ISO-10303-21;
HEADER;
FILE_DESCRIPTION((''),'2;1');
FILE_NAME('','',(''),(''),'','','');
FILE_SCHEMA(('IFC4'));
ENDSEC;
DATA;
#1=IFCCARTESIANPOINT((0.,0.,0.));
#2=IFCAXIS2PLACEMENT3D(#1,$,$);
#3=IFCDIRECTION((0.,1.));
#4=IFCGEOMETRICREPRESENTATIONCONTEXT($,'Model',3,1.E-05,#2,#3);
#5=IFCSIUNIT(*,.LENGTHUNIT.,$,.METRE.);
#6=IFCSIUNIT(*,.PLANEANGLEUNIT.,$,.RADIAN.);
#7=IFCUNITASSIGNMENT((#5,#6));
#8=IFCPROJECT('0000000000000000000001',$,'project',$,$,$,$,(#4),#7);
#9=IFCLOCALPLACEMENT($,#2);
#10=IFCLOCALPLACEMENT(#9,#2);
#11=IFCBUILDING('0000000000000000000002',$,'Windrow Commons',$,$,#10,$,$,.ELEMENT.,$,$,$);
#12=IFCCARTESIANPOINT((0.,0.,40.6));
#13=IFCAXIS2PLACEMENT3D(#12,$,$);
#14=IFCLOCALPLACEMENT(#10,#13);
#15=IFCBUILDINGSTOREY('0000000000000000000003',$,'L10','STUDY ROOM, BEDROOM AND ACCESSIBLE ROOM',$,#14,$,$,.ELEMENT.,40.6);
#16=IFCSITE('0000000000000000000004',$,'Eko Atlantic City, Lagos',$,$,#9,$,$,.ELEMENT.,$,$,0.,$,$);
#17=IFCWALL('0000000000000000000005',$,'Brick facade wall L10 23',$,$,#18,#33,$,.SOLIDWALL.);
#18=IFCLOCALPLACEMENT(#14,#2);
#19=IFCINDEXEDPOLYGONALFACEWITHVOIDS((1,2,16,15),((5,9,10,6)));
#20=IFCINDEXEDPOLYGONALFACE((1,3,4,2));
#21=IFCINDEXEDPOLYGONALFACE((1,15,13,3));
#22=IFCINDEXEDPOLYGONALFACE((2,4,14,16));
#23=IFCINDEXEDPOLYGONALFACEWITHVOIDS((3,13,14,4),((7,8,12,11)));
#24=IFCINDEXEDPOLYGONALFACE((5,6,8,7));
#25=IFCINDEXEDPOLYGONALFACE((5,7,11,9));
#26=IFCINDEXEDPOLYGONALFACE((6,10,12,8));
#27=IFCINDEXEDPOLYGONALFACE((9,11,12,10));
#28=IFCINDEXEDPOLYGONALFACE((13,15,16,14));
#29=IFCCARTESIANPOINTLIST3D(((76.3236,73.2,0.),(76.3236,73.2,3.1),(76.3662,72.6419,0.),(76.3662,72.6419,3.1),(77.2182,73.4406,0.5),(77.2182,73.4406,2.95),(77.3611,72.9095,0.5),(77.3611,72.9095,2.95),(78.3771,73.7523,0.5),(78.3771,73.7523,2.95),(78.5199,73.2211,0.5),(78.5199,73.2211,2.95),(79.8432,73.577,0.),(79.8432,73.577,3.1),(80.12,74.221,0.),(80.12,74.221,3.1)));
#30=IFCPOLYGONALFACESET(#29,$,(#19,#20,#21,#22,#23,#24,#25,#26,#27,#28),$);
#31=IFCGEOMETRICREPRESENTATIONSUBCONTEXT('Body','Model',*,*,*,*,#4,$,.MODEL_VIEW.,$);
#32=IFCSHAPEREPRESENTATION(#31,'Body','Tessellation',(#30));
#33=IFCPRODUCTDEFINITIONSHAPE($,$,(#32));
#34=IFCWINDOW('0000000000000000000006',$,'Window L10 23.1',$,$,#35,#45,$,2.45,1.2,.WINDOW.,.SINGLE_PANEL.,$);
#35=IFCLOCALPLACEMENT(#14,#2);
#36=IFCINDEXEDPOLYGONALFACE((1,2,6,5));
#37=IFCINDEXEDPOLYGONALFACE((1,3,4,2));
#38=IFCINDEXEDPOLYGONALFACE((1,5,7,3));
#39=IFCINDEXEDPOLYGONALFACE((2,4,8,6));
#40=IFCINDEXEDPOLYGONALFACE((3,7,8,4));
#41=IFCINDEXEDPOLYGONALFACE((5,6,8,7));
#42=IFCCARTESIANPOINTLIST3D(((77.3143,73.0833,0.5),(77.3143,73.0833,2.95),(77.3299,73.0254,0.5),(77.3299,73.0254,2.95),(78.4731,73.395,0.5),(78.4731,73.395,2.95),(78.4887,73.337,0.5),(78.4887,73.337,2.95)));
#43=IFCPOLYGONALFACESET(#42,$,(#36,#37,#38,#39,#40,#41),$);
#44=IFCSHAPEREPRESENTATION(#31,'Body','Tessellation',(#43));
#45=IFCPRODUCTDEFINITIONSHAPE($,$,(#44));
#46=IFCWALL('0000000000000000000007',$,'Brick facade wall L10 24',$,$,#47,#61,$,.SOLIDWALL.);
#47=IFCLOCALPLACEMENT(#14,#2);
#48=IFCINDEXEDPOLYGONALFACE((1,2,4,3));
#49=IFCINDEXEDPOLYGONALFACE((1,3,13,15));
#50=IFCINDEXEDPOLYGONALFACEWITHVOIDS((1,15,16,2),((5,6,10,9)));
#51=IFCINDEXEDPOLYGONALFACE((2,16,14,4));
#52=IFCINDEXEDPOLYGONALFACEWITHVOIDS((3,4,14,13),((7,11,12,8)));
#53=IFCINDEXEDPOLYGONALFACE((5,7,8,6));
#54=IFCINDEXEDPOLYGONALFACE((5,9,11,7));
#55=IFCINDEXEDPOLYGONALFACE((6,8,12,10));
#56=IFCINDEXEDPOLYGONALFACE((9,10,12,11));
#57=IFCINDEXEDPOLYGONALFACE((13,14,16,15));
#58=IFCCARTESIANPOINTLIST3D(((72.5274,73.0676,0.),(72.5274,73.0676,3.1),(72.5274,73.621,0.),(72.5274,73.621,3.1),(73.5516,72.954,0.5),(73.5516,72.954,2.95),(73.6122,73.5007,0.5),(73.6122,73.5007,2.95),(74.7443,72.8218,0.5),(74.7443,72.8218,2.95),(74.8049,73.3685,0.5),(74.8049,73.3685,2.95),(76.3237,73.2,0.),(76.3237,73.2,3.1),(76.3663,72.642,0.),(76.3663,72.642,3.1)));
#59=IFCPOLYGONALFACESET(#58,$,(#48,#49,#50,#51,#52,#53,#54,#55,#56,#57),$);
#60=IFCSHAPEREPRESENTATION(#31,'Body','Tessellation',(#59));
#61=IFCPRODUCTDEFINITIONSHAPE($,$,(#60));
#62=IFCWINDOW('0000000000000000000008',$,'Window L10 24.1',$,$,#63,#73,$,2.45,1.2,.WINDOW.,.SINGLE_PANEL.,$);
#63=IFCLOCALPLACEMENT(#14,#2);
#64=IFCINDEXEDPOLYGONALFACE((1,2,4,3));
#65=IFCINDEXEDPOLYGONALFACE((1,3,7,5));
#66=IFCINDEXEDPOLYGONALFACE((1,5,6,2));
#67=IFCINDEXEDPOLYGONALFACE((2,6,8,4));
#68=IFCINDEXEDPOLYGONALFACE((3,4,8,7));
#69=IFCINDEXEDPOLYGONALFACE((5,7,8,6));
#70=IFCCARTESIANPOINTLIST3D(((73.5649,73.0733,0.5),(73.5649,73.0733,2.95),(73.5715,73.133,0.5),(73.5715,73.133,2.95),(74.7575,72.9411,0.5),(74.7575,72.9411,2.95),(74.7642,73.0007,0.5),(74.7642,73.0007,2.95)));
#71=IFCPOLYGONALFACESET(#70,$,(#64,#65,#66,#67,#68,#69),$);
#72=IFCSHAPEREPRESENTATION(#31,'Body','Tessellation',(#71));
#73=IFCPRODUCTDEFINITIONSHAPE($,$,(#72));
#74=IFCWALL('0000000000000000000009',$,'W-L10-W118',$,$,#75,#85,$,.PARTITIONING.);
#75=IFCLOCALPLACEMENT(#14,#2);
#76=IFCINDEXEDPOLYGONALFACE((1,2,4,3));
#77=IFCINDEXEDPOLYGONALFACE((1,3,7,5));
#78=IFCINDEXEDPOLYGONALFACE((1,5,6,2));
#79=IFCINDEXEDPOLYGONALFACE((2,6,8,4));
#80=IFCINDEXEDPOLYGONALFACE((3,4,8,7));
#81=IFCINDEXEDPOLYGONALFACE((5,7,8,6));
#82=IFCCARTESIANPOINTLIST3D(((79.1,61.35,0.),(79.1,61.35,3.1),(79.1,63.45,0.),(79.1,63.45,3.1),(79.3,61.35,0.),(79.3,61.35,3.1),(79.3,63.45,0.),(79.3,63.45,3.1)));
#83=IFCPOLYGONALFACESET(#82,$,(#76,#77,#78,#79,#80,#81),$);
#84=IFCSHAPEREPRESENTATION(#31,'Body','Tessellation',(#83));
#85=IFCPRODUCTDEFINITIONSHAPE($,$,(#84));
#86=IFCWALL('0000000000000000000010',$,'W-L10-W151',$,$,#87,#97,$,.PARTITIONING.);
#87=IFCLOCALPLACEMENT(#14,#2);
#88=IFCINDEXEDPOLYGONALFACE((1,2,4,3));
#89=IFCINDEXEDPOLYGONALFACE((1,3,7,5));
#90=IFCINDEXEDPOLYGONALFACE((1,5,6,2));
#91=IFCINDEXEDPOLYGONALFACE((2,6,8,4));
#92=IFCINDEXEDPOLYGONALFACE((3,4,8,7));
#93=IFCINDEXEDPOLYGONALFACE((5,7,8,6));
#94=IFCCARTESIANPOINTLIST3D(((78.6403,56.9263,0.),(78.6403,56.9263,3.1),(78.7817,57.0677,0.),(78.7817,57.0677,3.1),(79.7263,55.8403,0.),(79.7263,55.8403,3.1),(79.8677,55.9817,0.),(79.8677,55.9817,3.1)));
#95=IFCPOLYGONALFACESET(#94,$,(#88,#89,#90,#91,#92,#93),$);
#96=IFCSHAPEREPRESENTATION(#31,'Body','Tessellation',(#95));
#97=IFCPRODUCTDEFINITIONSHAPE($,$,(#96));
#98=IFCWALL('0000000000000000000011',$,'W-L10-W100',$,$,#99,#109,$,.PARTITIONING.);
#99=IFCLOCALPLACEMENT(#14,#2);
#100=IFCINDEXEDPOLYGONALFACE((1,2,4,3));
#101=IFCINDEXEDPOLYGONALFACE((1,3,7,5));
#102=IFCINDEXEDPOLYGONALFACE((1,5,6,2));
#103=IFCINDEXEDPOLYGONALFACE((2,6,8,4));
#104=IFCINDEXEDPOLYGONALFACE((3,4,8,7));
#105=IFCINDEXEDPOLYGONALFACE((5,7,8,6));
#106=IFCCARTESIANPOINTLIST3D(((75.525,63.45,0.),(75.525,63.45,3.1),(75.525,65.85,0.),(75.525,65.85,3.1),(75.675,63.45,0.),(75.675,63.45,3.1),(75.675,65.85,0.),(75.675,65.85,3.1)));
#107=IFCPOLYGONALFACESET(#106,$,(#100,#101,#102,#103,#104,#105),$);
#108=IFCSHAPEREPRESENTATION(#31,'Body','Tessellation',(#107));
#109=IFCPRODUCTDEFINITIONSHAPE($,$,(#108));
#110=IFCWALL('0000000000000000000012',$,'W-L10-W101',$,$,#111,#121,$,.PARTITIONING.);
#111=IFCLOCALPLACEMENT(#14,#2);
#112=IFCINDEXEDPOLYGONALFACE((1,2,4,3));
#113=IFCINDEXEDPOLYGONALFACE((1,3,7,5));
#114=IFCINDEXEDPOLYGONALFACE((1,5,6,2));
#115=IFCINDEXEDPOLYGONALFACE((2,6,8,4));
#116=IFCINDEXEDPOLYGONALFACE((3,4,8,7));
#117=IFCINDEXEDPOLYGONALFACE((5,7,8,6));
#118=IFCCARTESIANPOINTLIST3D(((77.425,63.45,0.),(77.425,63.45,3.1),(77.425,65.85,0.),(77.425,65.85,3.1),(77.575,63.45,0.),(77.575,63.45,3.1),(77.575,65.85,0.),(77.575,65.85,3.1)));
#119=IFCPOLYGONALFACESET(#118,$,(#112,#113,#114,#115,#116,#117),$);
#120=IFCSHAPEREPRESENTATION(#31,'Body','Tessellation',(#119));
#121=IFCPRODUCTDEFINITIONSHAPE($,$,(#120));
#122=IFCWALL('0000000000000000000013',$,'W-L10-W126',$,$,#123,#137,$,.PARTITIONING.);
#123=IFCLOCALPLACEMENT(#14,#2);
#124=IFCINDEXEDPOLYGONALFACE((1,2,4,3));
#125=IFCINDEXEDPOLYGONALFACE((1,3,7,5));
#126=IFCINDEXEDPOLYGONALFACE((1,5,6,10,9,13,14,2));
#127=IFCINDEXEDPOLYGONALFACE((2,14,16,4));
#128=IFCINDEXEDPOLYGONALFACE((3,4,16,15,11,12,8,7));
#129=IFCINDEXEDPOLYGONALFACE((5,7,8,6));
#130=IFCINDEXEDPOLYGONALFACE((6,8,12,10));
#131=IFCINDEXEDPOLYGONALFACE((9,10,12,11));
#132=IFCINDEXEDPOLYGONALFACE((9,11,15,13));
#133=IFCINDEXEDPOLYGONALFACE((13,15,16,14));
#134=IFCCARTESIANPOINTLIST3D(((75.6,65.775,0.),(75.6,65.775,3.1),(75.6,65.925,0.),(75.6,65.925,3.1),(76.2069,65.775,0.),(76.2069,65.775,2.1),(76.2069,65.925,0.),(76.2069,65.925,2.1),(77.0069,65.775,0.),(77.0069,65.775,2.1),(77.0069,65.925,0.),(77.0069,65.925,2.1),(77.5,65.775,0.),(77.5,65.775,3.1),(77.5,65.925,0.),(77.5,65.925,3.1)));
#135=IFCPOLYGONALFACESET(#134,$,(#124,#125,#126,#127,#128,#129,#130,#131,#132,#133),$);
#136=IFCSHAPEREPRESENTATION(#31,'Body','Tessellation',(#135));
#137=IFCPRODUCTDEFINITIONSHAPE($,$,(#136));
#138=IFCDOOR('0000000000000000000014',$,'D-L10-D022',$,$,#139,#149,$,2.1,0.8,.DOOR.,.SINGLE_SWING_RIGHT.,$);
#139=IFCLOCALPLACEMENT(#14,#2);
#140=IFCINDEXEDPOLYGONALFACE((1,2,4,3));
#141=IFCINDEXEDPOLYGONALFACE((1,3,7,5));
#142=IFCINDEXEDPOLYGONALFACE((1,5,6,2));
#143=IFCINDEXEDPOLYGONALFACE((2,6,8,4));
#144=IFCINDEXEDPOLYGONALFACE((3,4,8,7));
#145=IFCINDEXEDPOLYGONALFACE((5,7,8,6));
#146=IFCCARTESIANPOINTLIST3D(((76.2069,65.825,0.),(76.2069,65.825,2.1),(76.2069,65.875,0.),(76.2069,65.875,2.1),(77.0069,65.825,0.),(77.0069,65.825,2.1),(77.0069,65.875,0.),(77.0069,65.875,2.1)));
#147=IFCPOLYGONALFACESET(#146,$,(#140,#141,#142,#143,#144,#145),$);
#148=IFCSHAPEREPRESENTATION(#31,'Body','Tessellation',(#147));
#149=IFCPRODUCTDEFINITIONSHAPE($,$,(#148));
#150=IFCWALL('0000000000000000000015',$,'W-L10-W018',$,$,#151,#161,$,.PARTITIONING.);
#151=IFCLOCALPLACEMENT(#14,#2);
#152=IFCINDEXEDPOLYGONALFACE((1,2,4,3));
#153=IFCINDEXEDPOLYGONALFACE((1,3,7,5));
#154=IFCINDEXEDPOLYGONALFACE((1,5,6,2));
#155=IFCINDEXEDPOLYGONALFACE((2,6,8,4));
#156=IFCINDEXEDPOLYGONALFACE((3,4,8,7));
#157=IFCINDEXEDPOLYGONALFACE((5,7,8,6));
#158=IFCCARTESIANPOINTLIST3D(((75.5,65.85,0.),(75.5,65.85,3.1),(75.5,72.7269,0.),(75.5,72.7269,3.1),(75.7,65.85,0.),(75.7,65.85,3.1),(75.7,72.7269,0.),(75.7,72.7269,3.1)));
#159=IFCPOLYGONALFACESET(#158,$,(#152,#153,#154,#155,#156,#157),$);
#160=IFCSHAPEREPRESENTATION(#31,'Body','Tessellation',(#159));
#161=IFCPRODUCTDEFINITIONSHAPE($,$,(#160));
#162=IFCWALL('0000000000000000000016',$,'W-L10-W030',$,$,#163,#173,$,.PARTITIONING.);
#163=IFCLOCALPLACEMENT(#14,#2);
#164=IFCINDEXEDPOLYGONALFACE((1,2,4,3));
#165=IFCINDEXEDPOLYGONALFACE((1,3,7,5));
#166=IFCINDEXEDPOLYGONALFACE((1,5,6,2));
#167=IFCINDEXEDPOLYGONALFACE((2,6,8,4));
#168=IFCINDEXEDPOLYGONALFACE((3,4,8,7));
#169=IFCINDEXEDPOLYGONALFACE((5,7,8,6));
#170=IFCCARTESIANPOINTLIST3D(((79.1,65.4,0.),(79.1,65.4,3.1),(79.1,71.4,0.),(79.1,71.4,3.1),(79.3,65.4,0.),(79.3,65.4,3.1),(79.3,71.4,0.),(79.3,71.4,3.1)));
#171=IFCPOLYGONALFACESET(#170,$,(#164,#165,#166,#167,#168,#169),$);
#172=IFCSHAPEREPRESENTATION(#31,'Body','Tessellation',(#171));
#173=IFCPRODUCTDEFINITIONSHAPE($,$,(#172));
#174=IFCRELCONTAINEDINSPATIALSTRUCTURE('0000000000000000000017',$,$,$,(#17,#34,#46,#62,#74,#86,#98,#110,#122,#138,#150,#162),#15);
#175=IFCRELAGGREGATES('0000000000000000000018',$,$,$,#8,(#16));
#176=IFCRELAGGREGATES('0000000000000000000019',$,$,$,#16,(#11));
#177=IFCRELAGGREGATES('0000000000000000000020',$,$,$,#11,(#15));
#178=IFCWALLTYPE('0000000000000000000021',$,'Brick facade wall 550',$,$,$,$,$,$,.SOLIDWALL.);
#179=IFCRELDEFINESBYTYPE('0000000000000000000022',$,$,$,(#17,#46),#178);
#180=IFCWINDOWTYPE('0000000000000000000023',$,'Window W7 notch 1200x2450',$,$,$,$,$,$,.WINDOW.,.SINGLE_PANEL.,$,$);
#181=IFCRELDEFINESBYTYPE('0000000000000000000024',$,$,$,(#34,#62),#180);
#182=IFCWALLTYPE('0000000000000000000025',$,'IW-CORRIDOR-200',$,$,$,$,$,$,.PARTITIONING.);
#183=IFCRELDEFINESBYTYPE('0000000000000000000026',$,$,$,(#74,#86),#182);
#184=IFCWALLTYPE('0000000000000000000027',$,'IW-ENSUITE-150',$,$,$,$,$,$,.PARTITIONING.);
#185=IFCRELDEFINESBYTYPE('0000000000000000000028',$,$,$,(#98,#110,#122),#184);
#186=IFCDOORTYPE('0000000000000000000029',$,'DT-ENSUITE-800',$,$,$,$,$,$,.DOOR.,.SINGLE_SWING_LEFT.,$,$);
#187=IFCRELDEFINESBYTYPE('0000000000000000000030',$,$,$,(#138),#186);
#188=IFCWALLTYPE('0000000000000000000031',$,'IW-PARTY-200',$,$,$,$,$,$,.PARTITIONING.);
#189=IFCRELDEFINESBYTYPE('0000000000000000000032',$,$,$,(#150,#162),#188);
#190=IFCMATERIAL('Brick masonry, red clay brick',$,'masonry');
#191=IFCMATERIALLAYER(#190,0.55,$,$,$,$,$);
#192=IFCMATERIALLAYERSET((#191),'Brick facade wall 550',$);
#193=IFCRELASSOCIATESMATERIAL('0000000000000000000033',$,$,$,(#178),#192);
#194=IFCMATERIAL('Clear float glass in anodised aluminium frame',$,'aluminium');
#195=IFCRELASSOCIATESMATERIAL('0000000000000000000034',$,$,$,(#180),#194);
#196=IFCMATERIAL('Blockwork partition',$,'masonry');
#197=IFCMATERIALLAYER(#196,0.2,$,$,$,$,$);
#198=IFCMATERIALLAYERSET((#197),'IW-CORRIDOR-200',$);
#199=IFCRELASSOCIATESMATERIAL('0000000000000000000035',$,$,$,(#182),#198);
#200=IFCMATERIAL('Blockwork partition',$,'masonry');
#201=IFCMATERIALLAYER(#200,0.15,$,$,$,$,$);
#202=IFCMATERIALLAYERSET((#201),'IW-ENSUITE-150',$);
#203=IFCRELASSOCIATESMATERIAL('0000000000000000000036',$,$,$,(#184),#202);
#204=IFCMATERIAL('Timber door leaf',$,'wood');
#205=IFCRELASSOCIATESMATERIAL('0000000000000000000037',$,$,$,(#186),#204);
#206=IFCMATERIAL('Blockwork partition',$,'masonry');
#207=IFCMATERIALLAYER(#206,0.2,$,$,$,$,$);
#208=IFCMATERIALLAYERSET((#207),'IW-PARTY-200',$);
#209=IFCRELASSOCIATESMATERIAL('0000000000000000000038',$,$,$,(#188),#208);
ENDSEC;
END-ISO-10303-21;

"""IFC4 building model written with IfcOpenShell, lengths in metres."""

from ifc_helpers import new_model, si_unit, direction, frame, frame_2d, origin, place, context, subcontext, project, spatial, polyline, rectangle, outline, extrude, material, layer, layer_set, type_object, element, fill, save


model = new_model("IFC4")

# Units and contexts
model_context = context("Model", 3, precision=1e-05, world=origin(), true_north=direction((0.0, 1.0)))
body_context = subcontext(model_context, "Body", "Model", "MODEL_VIEW")
ifc_project = project(units=[si_unit("LENGTHUNIT", "METRE"), si_unit("PLANEANGLEUNIT", "RADIAN")], contexts=[model_context])

# Site, building, storey
site_placement = place(None, origin())
site = spatial("IfcSite", under=ifc_project, at=site_placement, Name="Eko Atlantic City, Lagos", CompositionType="ELEMENT", RefElevation=0.0)
building_placement = place(site_placement, origin())
building = spatial("IfcBuilding", under=site, at=building_placement, Name="Windrow Commons", CompositionType="ELEMENT")
storey_placement = place(building_placement, frame((0.0, 0.0, 40.6)))
storey = spatial("IfcBuildingStorey", under=building, at=storey_placement, Name="L10", Description="STUDY ROOM, BEDROOM AND ACCESSIBLE ROOM", CompositionType="ELEMENT", Elevation=40.6)

# Walls, openings, windows
ifc_material_1 = material(Name="Brick masonry, red clay brick", Category="masonry")
ifc_layer_1 = layer(ifc_material_1, 0.55)
ifc_layer_set_1 = layer_set([ifc_layer_1], Name="Brick facade wall 550")
wall_type_1 = type_object("IfcWallType", Name="Brick facade wall 550", PredefinedType="SOLIDWALL", material=ifc_layer_set_1)
ifc_material_2 = material(Name="Clear float glass in anodised aluminium frame", Category="aluminium")
window_type = type_object("IfcWindowType", Name="Window W7 notch 1200x2450", PartitioningType="SINGLE_PANEL", PredefinedType="WINDOW", material=ifc_material_2)
wall_1_placement = place(storey_placement, frame((79.9816, 73.899, 0.0), z_axis=(0.0, 0.0, 1.0), x_axis=(-0.965688, -0.259705, 0.0)))
wall_1 = element("IfcWall", 1, at=wall_1_placement, inside=storey, type_object=wall_type_1, Name="Brick facade wall L10 23", PredefinedType="SOLIDWALL", context=body_context, shape_type="SweptSolid", body=[
    extrude(outline(polyline([(-0.2173, -0.275), (3.714, -0.275), (3.8178, 0.275), (0.2173, 0.275), (-0.2173, -0.275)])), origin(), (0.0, 0.0, 1.0), 3.1),
])
opening_1_placement = place(wall_1_placement, frame((1.5876, 0.0, 0.5)))
opening_1 = element("IfcOpeningElement", 2, at=opening_1_placement, cuts=wall_1, PredefinedType="OPENING", context=body_context, shape_type="SweptSolid", body=[
    extrude(rectangle(XDim=1.2, YDim=2.45, at=frame_2d((0.6, 1.225))), frame((0.0, 0.285, 0.0), z_axis=(0.0, -1.0, 0.0), x_axis=(1.0, 0.0, 0.0)), (0.0, 0.0, 1.0), 0.57),
])
window_1_placement = place(opening_1_placement, origin())
window_1 = element("IfcWindow", 3, at=window_1_placement, inside=storey, type_object=window_type, Name="Window L10 23.1", OverallHeight=2.45, OverallWidth=1.2, PartitioningType="SINGLE_PANEL", PredefinedType="WINDOW", context=body_context, shape_type="SweptSolid", body=[
    extrude(rectangle(XDim=1.2, YDim=2.45, at=frame_2d((0.6, 1.225))), frame((0.0, 0.155, 0.0), z_axis=(0.0, -1.0, 0.0), x_axis=(1.0, 0.0, 0.0)), (0.0, 0.0, 1.0), 0.06),
])
fill(opening_1, window_1)
wall_2_placement = place(storey_placement, frame((76.345, 72.921, 0.0), z_axis=(0.0, 0.0, 1.0), x_axis=(-0.993909, 0.110206, 0.0)))
wall_2 = element("IfcWall", 4, at=wall_2_placement, inside=storey, type_object=wall_type_1, Name="Brick facade wall L10 24", PredefinedType="SOLIDWALL", context=body_context, shape_type="SweptSolid", body=[
    extrude(outline(polyline([(0.0519, -0.275), (3.8715, -0.275), (3.8105, 0.275), (-0.0519, 0.275), (0.0519, -0.275)])), origin(), (0.0, 0.0, 1.0), 3.1),
])
opening_2_placement = place(wall_2_placement, frame((1.58, 0.0, 0.5)))
opening_2 = element("IfcOpeningElement", 5, at=opening_2_placement, cuts=wall_2, PredefinedType="OPENING", context=body_context, shape_type="SweptSolid", body=[
    extrude(rectangle(XDim=1.2, YDim=2.45, at=frame_2d((0.6, 1.225))), frame((0.0, 0.285, 0.0), z_axis=(0.0, -1.0, 0.0), x_axis=(1.0, 0.0, 0.0)), (0.0, 0.0, 1.0), 0.57),
])
window_2_placement = place(opening_2_placement, origin())
window_2 = element("IfcWindow", 6, at=window_2_placement, inside=storey, type_object=window_type, Name="Window L10 24.1", OverallHeight=2.45, OverallWidth=1.2, PartitioningType="SINGLE_PANEL", PredefinedType="WINDOW", context=body_context, shape_type="SweptSolid", body=[
    extrude(rectangle(XDim=1.2, YDim=2.45, at=frame_2d((0.6, 1.225))), frame((0.0, 0.155, 0.0), z_axis=(0.0, -1.0, 0.0), x_axis=(1.0, 0.0, 0.0)), (0.0, 0.0, 1.0), 0.06),
])
fill(opening_2, window_2)

# Walls
ifc_material_3 = material(Name="Blockwork partition", Category="masonry")
ifc_layer_2 = layer(ifc_material_3, 0.2)
ifc_layer_set_2 = layer_set([ifc_layer_2], Name="IW-CORRIDOR-200")
wall_type_2 = type_object("IfcWallType", Name="IW-CORRIDOR-200", PredefinedType="PARTITIONING", material=ifc_layer_set_2)
wall_3_placement = place(storey_placement, frame((79.2, 61.35, 0.0), z_axis=(0.0, 0.0, 1.0), x_axis=(0.0, 1.0, 0.0)))
element("IfcWall", 7, at=wall_3_placement, inside=storey, type_object=wall_type_2, Name="W-L10-W118", PredefinedType="PARTITIONING", context=body_context, shape_type="SweptSolid", body=[
    extrude(rectangle(XDim=2.1, YDim=0.2, at=frame_2d((1.05, 0.0))), origin(), (0.0, 0.0, 1.0), 3.1),
])
wall_4_placement = place(storey_placement, frame((78.711, 56.997, 0.0), z_axis=(0.0, 0.0, 1.0), x_axis=(0.707107, -0.707107, 0.0)))
element("IfcWall", 8, at=wall_4_placement, inside=storey, type_object=wall_type_2, Name="W-L10-W151", PredefinedType="PARTITIONING", context=body_context, shape_type="SweptSolid", body=[
    extrude(rectangle(XDim=1.5358, YDim=0.2, at=frame_2d((0.7679, 0.0))), origin(), (0.0, 0.0, 1.0), 3.1),
])
ifc_material_4 = material(Name="Blockwork partition", Category="masonry")
ifc_layer_3 = layer(ifc_material_4, 0.15)
ifc_layer_set_3 = layer_set([ifc_layer_3], Name="IW-ENSUITE-150")
wall_type_3 = type_object("IfcWallType", Name="IW-ENSUITE-150", PredefinedType="PARTITIONING", material=ifc_layer_set_3)
for number, where, z_axis, x_axis, name in (
    (9, (75.6, 63.45, 0.0), (0.0, 0.0, 1.0), (0.0, 1.0, 0.0), "W-L10-W100"),
    (10, (77.5, 63.45, 0.0), (0.0, 0.0, 1.0), (0.0, 1.0, 0.0), "W-L10-W101"),
):
    element("IfcWall", number, at=place(storey_placement, frame(where, z_axis=z_axis, x_axis=x_axis)), inside=storey, type_object=wall_type_3, Name=name, PredefinedType="PARTITIONING", context=body_context, shape_type="SweptSolid", body=[
        extrude(rectangle(XDim=2.4, YDim=0.15, at=frame_2d((1.2, 0.0))), origin(), (0.0, 0.0, 1.0), 3.1),
    ])

# Wall, opening, door
wall_5_placement = place(storey_placement, frame((75.6, 65.85, 0.0), z_axis=(0.0, 0.0, 1.0), x_axis=(1.0, 0.0, 0.0)))
wall_5 = element("IfcWall", 11, at=wall_5_placement, inside=storey, type_object=wall_type_3, Name="W-L10-W126", PredefinedType="PARTITIONING", context=body_context, shape_type="SweptSolid", body=[
    extrude(rectangle(XDim=1.9, YDim=0.15, at=frame_2d((0.95, 0.0))), origin(), (0.0, 0.0, 1.0), 3.1),
])
opening_3_placement = place(wall_5_placement, frame((0.6069, 0.0, 0.0)))
opening_3 = element("IfcOpeningElement", 12, at=opening_3_placement, cuts=wall_5, PredefinedType="OPENING", context=body_context, shape_type="SweptSolid", body=[
    extrude(rectangle(XDim=0.8, YDim=2.1, at=frame_2d((0.4, 1.05))), frame((0.0, 0.085, 0.0), z_axis=(0.0, -1.0, 0.0), x_axis=(1.0, 0.0, 0.0)), (0.0, 0.0, 1.0), 0.17),
])
ifc_material_5 = material(Name="Timber door leaf", Category="wood")
door_type_1 = type_object("IfcDoorType", Name="DT-ENSUITE-800", OperationType="SINGLE_SWING_LEFT", PredefinedType="DOOR", material=ifc_material_5)
door_1_placement = place(opening_3_placement, origin())
door_1 = element("IfcDoor", 13, at=door_1_placement, inside=storey, type_object=door_type_1, Name="D-L10-D022", OperationType="SINGLE_SWING_RIGHT", OverallHeight=2.1, OverallWidth=0.8, PredefinedType="DOOR", context=body_context, shape_type="SweptSolid", body=[
    extrude(rectangle(XDim=0.8, YDim=2.1, at=frame_2d((0.4, 1.05))), frame((0.0, 0.025, 0.0), z_axis=(0.0, -1.0, 0.0), x_axis=(1.0, 0.0, 0.0)), (0.0, 0.0, 1.0), 0.05),
])
fill(opening_3, door_1)

# Walls
ifc_material_6 = material(Name="Blockwork partition", Category="masonry")
ifc_layer_4 = layer(ifc_material_6, 0.2)
ifc_layer_set_4 = layer_set([ifc_layer_4], Name="IW-PARTY-200")
wall_type_4 = type_object("IfcWallType", Name="IW-PARTY-200", PredefinedType="PARTITIONING", material=ifc_layer_set_4)
wall_6_placement = place(storey_placement, frame((75.6, 65.85, 0.0), z_axis=(0.0, 0.0, 1.0), x_axis=(0.0, 1.0, 0.0)))
element("IfcWall", 14, at=wall_6_placement, inside=storey, type_object=wall_type_4, Name="W-L10-W018", PredefinedType="PARTITIONING", context=body_context, shape_type="SweptSolid", body=[
    extrude(rectangle(XDim=6.8769, YDim=0.2, at=frame_2d((3.4385, 0.0))), origin(), (0.0, 0.0, 1.0), 3.1),
])
for number, where, z_axis, x_axis, name in (
    (15, (79.2, 65.4, 0.0), (0.0, 0.0, 1.0), (0.0, 1.0, 0.0), "W-L10-W030"),
):
    element("IfcWall", number, at=place(storey_placement, frame(where, z_axis=z_axis, x_axis=x_axis)), inside=storey, type_object=wall_type_4, Name=name, PredefinedType="PARTITIONING", context=body_context, shape_type="SweptSolid", body=[
        extrude(rectangle(XDim=6.0, YDim=0.2, at=frame_2d((3.0, 0.0))), origin(), (0.0, 0.0, 1.0), 3.1),
    ])

save(model, "model.ifc")
